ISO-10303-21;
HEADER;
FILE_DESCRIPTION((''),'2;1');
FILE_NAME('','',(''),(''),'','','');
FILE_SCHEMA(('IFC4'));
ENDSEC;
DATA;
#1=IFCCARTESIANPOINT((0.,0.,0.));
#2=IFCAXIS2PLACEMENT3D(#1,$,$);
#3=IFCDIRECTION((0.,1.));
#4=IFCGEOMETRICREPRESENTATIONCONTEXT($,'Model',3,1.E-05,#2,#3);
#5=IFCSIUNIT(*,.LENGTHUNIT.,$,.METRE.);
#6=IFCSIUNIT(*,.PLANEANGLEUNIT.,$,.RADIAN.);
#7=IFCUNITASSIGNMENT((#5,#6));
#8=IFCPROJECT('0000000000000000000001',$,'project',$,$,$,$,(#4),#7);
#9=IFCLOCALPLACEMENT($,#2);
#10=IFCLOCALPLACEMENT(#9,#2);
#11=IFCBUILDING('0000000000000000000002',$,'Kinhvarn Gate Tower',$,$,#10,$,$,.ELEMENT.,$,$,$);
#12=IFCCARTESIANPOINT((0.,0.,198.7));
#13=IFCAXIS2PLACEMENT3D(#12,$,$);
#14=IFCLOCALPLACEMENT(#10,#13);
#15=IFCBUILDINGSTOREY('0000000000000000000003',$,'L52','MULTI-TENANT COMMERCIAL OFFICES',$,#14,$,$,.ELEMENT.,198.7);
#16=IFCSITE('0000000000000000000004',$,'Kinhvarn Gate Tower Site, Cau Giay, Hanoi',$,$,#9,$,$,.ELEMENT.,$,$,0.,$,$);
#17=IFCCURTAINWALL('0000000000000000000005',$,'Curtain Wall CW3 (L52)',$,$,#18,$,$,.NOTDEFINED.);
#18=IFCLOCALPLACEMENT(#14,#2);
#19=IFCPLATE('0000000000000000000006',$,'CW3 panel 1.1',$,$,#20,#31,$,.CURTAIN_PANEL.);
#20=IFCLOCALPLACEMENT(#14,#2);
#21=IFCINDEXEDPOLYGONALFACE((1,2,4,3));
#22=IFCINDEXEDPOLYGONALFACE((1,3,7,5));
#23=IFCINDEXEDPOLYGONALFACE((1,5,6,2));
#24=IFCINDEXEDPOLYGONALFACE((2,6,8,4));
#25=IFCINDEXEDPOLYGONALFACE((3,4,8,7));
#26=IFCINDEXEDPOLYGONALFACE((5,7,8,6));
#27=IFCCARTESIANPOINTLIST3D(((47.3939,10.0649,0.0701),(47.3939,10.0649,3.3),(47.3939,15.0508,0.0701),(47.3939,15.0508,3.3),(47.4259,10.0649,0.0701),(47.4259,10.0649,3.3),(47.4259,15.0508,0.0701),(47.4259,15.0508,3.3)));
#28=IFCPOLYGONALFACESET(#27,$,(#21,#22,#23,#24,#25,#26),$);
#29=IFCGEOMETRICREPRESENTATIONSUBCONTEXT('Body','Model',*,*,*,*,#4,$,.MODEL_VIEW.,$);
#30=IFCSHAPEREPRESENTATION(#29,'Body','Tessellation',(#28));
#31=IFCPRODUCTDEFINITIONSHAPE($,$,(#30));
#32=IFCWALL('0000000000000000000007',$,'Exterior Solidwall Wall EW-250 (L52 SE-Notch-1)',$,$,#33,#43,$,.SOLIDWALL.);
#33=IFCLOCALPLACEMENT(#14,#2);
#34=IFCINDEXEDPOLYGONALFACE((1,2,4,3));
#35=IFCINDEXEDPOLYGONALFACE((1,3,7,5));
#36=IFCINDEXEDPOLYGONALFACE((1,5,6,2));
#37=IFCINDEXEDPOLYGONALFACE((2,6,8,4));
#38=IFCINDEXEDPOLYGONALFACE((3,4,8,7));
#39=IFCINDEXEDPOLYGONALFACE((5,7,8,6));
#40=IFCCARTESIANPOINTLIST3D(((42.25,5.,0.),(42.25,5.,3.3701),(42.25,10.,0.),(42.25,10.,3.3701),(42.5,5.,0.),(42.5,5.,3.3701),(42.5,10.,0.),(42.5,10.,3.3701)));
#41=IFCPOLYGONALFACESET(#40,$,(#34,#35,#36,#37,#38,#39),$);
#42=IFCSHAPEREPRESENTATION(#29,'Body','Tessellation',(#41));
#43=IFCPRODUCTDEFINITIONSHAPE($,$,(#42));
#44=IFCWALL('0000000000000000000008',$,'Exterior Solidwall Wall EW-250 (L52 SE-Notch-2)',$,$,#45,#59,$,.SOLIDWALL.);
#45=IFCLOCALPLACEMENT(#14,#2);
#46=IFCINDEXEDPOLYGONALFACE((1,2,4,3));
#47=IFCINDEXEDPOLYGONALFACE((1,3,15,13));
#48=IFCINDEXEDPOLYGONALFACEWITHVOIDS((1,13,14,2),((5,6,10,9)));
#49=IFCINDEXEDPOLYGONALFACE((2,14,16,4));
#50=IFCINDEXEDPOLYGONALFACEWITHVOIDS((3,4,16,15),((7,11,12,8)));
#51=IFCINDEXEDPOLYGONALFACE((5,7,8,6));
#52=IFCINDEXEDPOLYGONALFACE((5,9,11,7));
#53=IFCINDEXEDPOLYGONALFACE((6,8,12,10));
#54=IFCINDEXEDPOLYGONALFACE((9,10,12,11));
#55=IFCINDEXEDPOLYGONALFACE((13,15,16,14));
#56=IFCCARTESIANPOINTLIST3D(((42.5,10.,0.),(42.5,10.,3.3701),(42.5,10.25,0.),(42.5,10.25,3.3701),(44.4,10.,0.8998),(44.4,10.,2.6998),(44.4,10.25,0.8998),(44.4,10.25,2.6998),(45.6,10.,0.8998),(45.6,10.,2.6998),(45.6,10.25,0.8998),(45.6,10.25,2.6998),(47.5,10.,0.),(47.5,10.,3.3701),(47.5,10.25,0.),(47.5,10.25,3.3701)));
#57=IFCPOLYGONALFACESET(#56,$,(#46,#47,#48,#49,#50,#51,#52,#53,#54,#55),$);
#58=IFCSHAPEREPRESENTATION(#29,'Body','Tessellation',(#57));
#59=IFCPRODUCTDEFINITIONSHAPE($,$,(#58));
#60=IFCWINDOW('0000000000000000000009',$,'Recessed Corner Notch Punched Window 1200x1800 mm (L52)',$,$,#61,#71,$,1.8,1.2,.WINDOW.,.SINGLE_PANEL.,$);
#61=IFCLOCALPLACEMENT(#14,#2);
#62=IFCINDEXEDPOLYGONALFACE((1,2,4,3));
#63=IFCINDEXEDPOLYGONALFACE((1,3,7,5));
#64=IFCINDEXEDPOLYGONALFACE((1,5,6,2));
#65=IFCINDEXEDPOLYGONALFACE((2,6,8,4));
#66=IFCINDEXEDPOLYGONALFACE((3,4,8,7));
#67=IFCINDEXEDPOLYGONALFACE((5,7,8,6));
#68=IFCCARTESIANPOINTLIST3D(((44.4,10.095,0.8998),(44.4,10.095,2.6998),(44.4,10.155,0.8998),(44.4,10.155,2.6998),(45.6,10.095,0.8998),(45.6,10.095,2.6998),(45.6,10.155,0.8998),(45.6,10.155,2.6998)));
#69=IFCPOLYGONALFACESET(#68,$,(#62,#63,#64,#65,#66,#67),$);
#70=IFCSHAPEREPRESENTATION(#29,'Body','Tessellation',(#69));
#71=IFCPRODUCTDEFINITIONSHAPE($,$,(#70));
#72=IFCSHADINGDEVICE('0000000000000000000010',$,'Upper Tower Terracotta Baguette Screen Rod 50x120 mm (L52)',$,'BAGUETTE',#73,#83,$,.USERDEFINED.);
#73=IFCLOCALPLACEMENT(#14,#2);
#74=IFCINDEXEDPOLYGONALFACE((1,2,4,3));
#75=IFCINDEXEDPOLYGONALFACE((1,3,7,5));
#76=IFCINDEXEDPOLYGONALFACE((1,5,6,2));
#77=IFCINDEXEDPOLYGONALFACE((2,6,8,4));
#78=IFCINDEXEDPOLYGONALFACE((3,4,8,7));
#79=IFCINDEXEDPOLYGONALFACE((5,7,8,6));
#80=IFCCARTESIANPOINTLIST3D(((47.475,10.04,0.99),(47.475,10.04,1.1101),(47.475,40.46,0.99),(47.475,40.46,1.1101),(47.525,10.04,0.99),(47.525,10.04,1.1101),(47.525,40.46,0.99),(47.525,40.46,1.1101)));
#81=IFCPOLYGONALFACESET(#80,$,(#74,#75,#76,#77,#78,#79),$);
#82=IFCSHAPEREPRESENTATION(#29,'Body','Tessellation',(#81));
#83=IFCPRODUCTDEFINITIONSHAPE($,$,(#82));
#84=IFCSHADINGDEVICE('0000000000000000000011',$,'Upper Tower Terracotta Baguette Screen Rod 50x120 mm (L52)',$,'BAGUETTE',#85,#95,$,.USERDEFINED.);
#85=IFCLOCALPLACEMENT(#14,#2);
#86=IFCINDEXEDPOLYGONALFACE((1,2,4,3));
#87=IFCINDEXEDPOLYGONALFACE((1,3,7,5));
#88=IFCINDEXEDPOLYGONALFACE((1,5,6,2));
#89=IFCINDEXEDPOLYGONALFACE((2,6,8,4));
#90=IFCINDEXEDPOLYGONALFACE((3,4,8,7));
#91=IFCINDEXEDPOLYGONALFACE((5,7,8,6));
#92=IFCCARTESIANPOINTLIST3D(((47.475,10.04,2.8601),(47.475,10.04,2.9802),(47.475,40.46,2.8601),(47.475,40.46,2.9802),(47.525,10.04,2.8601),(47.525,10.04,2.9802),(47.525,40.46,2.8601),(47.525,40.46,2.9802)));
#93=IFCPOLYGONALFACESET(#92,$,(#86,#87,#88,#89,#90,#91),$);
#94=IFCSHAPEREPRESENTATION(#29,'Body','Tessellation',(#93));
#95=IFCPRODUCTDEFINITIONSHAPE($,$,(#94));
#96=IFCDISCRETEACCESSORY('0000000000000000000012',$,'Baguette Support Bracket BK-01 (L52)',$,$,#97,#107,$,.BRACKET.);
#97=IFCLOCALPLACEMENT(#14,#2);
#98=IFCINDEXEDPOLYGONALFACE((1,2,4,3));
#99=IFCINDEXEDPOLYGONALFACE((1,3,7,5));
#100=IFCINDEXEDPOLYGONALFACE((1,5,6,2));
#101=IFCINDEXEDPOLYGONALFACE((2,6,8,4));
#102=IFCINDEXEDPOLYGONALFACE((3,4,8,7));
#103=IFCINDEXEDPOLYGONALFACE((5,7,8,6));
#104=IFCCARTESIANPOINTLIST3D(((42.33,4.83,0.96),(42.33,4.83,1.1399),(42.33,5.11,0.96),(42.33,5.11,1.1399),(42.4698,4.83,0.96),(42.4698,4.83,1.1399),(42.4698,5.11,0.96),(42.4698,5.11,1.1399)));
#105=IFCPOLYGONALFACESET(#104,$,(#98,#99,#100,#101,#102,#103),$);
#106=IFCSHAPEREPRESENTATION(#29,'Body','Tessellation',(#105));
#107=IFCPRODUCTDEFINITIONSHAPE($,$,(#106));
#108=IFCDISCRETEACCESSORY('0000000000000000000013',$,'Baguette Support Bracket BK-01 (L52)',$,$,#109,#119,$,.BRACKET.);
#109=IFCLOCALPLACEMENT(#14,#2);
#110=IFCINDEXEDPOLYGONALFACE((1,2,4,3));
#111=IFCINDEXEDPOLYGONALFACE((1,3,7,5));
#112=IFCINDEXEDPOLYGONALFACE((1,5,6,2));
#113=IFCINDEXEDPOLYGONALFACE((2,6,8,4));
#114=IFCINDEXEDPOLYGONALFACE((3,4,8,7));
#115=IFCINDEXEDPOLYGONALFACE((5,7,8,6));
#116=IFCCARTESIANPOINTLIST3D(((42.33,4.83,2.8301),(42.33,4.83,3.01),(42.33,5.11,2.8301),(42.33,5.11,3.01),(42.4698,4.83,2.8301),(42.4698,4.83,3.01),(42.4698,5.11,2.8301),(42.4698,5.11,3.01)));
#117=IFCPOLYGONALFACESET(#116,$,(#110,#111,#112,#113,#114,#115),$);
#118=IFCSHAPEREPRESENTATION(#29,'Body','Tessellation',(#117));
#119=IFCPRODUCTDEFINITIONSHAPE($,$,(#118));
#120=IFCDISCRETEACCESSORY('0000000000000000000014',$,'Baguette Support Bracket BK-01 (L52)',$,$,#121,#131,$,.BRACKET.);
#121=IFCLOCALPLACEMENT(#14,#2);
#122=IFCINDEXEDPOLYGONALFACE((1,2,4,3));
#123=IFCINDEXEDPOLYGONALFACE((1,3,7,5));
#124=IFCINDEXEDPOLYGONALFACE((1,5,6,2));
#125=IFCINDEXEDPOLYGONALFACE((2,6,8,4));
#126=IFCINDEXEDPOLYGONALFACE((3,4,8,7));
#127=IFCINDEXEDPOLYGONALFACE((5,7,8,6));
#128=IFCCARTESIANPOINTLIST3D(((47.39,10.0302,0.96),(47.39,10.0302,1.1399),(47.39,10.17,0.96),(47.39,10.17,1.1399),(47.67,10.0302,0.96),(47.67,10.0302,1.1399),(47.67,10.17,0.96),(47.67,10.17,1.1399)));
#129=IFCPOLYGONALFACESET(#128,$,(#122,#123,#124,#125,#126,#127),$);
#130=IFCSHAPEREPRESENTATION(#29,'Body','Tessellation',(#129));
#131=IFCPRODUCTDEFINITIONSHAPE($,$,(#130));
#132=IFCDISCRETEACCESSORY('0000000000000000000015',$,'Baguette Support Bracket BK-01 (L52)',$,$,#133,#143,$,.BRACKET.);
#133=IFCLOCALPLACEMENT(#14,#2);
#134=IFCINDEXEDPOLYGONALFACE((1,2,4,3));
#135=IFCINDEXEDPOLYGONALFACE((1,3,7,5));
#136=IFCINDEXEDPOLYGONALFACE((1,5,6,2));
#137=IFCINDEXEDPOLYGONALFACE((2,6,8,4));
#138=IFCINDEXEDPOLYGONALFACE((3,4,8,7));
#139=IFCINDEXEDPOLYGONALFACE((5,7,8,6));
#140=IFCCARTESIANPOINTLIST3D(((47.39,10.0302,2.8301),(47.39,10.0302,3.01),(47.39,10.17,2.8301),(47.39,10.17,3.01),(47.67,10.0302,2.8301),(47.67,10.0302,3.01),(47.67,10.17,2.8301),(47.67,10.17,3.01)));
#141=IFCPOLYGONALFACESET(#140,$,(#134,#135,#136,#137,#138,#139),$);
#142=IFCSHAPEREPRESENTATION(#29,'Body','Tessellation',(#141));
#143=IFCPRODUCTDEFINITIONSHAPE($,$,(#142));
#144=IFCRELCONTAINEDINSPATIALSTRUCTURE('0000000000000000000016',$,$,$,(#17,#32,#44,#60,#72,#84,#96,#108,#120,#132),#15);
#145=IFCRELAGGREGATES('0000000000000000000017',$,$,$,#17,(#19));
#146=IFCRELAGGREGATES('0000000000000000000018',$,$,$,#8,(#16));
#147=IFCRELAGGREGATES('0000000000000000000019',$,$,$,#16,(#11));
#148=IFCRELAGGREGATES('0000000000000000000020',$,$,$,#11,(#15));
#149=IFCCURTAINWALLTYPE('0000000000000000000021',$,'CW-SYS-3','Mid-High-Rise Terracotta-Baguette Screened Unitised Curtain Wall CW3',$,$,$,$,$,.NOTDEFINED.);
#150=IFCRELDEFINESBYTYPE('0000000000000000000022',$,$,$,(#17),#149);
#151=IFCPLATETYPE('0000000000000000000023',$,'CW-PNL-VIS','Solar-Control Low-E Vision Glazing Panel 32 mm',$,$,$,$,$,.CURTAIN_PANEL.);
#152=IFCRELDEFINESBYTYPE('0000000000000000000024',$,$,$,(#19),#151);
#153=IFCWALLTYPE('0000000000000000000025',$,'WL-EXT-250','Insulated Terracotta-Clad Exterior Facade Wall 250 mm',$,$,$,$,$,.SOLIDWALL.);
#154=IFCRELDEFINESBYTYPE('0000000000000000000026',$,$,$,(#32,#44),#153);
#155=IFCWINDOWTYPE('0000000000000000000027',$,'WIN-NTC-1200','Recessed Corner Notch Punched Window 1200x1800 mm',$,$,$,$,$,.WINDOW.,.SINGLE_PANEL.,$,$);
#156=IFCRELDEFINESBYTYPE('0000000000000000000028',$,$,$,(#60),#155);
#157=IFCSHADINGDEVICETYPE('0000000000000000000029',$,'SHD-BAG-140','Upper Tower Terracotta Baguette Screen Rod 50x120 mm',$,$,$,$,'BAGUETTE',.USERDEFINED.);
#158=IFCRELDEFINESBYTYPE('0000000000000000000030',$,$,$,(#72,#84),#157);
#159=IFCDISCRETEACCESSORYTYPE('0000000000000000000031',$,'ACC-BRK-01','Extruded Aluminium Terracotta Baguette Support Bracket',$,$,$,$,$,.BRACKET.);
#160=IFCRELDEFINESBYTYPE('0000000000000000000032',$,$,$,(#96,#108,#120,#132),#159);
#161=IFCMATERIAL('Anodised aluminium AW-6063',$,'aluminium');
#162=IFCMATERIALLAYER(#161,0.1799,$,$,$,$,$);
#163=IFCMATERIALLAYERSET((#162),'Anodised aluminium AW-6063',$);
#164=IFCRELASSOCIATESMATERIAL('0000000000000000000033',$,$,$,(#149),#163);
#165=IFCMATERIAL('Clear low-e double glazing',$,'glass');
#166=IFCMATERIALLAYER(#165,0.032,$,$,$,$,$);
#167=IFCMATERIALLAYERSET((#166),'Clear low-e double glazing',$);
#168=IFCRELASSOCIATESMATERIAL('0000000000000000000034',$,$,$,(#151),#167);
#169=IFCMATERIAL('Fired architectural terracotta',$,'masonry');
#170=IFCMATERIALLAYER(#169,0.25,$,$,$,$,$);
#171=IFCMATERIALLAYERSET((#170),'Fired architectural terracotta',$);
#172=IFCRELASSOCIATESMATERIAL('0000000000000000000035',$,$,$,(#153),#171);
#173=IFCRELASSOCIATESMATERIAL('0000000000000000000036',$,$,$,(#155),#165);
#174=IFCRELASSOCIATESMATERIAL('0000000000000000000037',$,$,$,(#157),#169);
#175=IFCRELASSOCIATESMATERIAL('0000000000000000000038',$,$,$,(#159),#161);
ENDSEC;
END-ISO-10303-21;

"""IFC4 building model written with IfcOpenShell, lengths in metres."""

from ifc_helpers import new_model, si_unit, direction, frame, frame_2d, origin, origin_2d, place, context, subcontext, project, spatial, rectangle, extrude, material, layer, layer_set, material_profile, profile_set, type_object, element, fill, aggregate, save


model = new_model("IFC4")

# Units and contexts
model_context = context("Model", 3, precision=1e-05, world=origin(), true_north=direction((0.0, 1.0)))
body_context = subcontext(model_context, "Body", "Model", "MODEL_VIEW")
ifc_project = project(units=[si_unit("LENGTHUNIT", "METRE"), si_unit("PLANEANGLEUNIT", "RADIAN")], contexts=[model_context])

# Site, building, storey
site_placement = place(None, origin())
site = spatial("IfcSite", under=ifc_project, at=site_placement, Name="Kinhvarn Gate Tower Site, Cau Giay, Hanoi", CompositionType="ELEMENT", RefElevation=0.0)
building_placement = place(site_placement, origin())
building = spatial("IfcBuilding", under=site, at=building_placement, Name="Kinhvarn Gate Tower", CompositionType="ELEMENT")
storey_placement = place(building_placement, frame((0.0, 0.0, 198.7)))
storey = spatial("IfcBuildingStorey", under=building, at=storey_placement, Name="L52", Description="MULTI-TENANT COMMERCIAL OFFICES", CompositionType="ELEMENT", Elevation=198.7)

# Shared definitions
ifc_material_1 = material(Name="Anodised aluminium AW-6063", Category="aluminium")
ifc_layer_1 = layer(ifc_material_1, 0.1799)
ifc_layer_set_1 = layer_set([ifc_layer_1], Name="Anodised aluminium AW-6063")
curtain_wall_type = type_object("IfcCurtainWallType", Name="CW-SYS-3", Description="Mid-High-Rise Terracotta-Baguette Screened Unitised Curtain Wall CW3", PredefinedType="NOTDEFINED", material=ifc_layer_set_1)

# Curtain wall
curtain_wall_1_placement = place(storey_placement, origin())
curtain_wall_1 = element("IfcCurtainWall", 1, at=curtain_wall_1_placement, inside=storey, type_object=curtain_wall_type, Name="Curtain Wall CW3 (L52)", PredefinedType="NOTDEFINED")

# Plate
ifc_material_2 = material(Name="Clear low-e double glazing", Category="glass")
ifc_layer_2 = layer(ifc_material_2, 0.032)
ifc_layer_set_2 = layer_set([ifc_layer_2], Name="Clear low-e double glazing")
plate_type = type_object("IfcPlateType", Name="CW-PNL-VIS", Description="Solar-Control Low-E Vision Glazing Panel 32 mm", PredefinedType="CURTAIN_PANEL", material=ifc_layer_set_2)
plate_1_placement = place(storey_placement, frame((47.4099, 12.5579, 0.0701), z_axis=(0.0, 0.0, 1.0), x_axis=(0.0, 1.0, 0.0)))
plate_1 = element("IfcPlate", 2, at=plate_1_placement, type_object=plate_type, Name="CW3 panel 1.1", PredefinedType="CURTAIN_PANEL", context=body_context, shape_type="SweptSolid", body=[
    extrude(rectangle(XDim=4.9858, YDim=0.032, at=origin_2d()), origin(), (0.0, 0.0, 1.0), 3.23),
])
aggregate(curtain_wall_1, [plate_1])

# Wall
ifc_material_3 = material(Name="Fired architectural terracotta", Category="masonry")
ifc_layer_3 = layer(ifc_material_3, 0.25)
ifc_layer_set_3 = layer_set([ifc_layer_3], Name="Fired architectural terracotta")
wall_type = type_object("IfcWallType", Name="WL-EXT-250", Description="Insulated Terracotta-Clad Exterior Facade Wall 250 mm", PredefinedType="SOLIDWALL", material=ifc_layer_set_3)
wall_1_placement = place(storey_placement, frame((42.375, 5.0, 0.0), z_axis=(0.0, 0.0, 1.0), x_axis=(0.0, 1.0, 0.0)))
element("IfcWall", 3, at=wall_1_placement, inside=storey, type_object=wall_type, Name="Exterior Solidwall Wall EW-250 (L52 SE-Notch-1)", PredefinedType="SOLIDWALL", context=body_context, shape_type="SweptSolid", body=[
    extrude(rectangle(XDim=5.0, YDim=0.25, at=frame_2d((2.5, 0.0))), origin(), (0.0, 0.0, 1.0), 3.3701),
])

# Wall, opening, window
wall_2_placement = place(storey_placement, frame((42.5, 10.125, 0.0), z_axis=(0.0, 0.0, 1.0), x_axis=(1.0, 0.0, 0.0)))
wall_2 = element("IfcWall", 4, at=wall_2_placement, inside=storey, type_object=wall_type, Name="Exterior Solidwall Wall EW-250 (L52 SE-Notch-2)", PredefinedType="SOLIDWALL", context=body_context, shape_type="SweptSolid", body=[
    extrude(rectangle(XDim=5.0, YDim=0.25, at=frame_2d((2.5, 0.0))), origin(), (0.0, 0.0, 1.0), 3.3701),
])
opening_placement = place(wall_2_placement, frame((1.8999, 0.0, 0.8999)))
opening = element("IfcOpeningElement", 5, at=opening_placement, cuts=wall_2, PredefinedType="OPENING", context=body_context, shape_type="SweptSolid", body=[
    extrude(rectangle(XDim=1.2, YDim=1.8, at=frame_2d((0.6001, 0.8999))), frame((0.0, 0.135, 0.0), z_axis=(0.0, -1.0, 0.0), x_axis=(1.0, 0.0, 0.0)), (0.0, 0.0, 1.0), 0.27),
])
window_type = type_object("IfcWindowType", Name="WIN-NTC-1200", Description="Recessed Corner Notch Punched Window 1200x1800 mm", PartitioningType="SINGLE_PANEL", PredefinedType="WINDOW", material=ifc_material_2)
window_placement = place(opening_placement, origin())
window = element("IfcWindow", 6, at=window_placement, inside=storey, type_object=window_type, Name="Recessed Corner Notch Punched Window 1200x1800 mm (L52)", OverallHeight=1.8, OverallWidth=1.2, PartitioningType="SINGLE_PANEL", PredefinedType="WINDOW", context=body_context, shape_type="SweptSolid", body=[
    extrude(rectangle(XDim=1.2, YDim=1.8, at=frame_2d((0.6001, 0.8999))), frame((0.0, 0.03, 0.0), z_axis=(0.0, -1.0, 0.0), x_axis=(1.0, 0.0, 0.0)), (0.0, 0.0, 1.0), 0.0601),
])
fill(opening, window)

# Shading devices
ifc_material_profile_1 = material_profile(ifc_material_3, rectangle(XDim=0.05, YDim=0.1201, at=origin_2d()), Name="TC 50x120")
ifc_profile_set_1 = profile_set([ifc_material_profile_1], Name="Fired architectural terracotta")
shading_device_type = type_object("IfcShadingDeviceType", Name="SHD-BAG-140", Description="Upper Tower Terracotta Baguette Screen Rod 50x120 mm", ElementType="BAGUETTE", PredefinedType="USERDEFINED", material=ifc_profile_set_1)
for number, where, z_axis, x_axis, name in (
    (7, (47.5, 10.04, 1.05), (0.0, 1.0, 0.0), (-1.0, 0.0, 0.0), "Upper Tower Terracotta Baguette Screen Rod 50x120 mm (L52)"),
    (8, (47.5, 10.04, 2.9202), (0.0, 1.0, 0.0), (-1.0, 0.0, 0.0), "Upper Tower Terracotta Baguette Screen Rod 50x120 mm (L52)"),
):
    element("IfcShadingDevice", number, at=place(storey_placement, frame(where, z_axis=z_axis, x_axis=x_axis)), inside=storey, type_object=shading_device_type, Name=name, ObjectType="BAGUETTE", PredefinedType="USERDEFINED", context=body_context, shape_type="SweptSolid", body=[
        extrude(rectangle(XDim=0.05, YDim=0.1201, at=origin_2d()), origin(), (0.0, 0.0, 1.0), 30.4199),
    ])

# Discrete accessories
discrete_accessory_type = type_object("IfcDiscreteAccessoryType", Name="ACC-BRK-01", Description="Extruded Aluminium Terracotta Baguette Support Bracket", PredefinedType="BRACKET", material=ifc_material_1)
for number, where, z_axis, x_axis, name in (
    (9, (42.3999, 4.97, 0.96), (0.0, 0.0, 1.0), (1.0, 0.0, 0.0), "Baguette Support Bracket BK-01 (L52)"),
    (10, (42.3999, 4.97, 2.8301), (0.0, 0.0, 1.0), (1.0, 0.0, 0.0), "Baguette Support Bracket BK-01 (L52)"),
    (11, (47.53, 10.1001, 0.96), (0.0, 0.0, 1.0), (0.0, 1.0, 0.0), "Baguette Support Bracket BK-01 (L52)"),
    (12, (47.53, 10.1001, 2.8301), (0.0, 0.0, 1.0), (0.0, 1.0, 0.0), "Baguette Support Bracket BK-01 (L52)"),
):
    element("IfcDiscreteAccessory", number, at=place(storey_placement, frame(where, z_axis=z_axis, x_axis=x_axis)), inside=storey, type_object=discrete_accessory_type, Name=name, PredefinedType="BRACKET", context=body_context, shape_type="SweptSolid", body=[
        extrude(rectangle(XDim=0.1399, YDim=0.28, at=origin_2d()), origin(), (0.0, 0.0, 1.0), 0.1799),
    ])

save(model, "model.ifc")
